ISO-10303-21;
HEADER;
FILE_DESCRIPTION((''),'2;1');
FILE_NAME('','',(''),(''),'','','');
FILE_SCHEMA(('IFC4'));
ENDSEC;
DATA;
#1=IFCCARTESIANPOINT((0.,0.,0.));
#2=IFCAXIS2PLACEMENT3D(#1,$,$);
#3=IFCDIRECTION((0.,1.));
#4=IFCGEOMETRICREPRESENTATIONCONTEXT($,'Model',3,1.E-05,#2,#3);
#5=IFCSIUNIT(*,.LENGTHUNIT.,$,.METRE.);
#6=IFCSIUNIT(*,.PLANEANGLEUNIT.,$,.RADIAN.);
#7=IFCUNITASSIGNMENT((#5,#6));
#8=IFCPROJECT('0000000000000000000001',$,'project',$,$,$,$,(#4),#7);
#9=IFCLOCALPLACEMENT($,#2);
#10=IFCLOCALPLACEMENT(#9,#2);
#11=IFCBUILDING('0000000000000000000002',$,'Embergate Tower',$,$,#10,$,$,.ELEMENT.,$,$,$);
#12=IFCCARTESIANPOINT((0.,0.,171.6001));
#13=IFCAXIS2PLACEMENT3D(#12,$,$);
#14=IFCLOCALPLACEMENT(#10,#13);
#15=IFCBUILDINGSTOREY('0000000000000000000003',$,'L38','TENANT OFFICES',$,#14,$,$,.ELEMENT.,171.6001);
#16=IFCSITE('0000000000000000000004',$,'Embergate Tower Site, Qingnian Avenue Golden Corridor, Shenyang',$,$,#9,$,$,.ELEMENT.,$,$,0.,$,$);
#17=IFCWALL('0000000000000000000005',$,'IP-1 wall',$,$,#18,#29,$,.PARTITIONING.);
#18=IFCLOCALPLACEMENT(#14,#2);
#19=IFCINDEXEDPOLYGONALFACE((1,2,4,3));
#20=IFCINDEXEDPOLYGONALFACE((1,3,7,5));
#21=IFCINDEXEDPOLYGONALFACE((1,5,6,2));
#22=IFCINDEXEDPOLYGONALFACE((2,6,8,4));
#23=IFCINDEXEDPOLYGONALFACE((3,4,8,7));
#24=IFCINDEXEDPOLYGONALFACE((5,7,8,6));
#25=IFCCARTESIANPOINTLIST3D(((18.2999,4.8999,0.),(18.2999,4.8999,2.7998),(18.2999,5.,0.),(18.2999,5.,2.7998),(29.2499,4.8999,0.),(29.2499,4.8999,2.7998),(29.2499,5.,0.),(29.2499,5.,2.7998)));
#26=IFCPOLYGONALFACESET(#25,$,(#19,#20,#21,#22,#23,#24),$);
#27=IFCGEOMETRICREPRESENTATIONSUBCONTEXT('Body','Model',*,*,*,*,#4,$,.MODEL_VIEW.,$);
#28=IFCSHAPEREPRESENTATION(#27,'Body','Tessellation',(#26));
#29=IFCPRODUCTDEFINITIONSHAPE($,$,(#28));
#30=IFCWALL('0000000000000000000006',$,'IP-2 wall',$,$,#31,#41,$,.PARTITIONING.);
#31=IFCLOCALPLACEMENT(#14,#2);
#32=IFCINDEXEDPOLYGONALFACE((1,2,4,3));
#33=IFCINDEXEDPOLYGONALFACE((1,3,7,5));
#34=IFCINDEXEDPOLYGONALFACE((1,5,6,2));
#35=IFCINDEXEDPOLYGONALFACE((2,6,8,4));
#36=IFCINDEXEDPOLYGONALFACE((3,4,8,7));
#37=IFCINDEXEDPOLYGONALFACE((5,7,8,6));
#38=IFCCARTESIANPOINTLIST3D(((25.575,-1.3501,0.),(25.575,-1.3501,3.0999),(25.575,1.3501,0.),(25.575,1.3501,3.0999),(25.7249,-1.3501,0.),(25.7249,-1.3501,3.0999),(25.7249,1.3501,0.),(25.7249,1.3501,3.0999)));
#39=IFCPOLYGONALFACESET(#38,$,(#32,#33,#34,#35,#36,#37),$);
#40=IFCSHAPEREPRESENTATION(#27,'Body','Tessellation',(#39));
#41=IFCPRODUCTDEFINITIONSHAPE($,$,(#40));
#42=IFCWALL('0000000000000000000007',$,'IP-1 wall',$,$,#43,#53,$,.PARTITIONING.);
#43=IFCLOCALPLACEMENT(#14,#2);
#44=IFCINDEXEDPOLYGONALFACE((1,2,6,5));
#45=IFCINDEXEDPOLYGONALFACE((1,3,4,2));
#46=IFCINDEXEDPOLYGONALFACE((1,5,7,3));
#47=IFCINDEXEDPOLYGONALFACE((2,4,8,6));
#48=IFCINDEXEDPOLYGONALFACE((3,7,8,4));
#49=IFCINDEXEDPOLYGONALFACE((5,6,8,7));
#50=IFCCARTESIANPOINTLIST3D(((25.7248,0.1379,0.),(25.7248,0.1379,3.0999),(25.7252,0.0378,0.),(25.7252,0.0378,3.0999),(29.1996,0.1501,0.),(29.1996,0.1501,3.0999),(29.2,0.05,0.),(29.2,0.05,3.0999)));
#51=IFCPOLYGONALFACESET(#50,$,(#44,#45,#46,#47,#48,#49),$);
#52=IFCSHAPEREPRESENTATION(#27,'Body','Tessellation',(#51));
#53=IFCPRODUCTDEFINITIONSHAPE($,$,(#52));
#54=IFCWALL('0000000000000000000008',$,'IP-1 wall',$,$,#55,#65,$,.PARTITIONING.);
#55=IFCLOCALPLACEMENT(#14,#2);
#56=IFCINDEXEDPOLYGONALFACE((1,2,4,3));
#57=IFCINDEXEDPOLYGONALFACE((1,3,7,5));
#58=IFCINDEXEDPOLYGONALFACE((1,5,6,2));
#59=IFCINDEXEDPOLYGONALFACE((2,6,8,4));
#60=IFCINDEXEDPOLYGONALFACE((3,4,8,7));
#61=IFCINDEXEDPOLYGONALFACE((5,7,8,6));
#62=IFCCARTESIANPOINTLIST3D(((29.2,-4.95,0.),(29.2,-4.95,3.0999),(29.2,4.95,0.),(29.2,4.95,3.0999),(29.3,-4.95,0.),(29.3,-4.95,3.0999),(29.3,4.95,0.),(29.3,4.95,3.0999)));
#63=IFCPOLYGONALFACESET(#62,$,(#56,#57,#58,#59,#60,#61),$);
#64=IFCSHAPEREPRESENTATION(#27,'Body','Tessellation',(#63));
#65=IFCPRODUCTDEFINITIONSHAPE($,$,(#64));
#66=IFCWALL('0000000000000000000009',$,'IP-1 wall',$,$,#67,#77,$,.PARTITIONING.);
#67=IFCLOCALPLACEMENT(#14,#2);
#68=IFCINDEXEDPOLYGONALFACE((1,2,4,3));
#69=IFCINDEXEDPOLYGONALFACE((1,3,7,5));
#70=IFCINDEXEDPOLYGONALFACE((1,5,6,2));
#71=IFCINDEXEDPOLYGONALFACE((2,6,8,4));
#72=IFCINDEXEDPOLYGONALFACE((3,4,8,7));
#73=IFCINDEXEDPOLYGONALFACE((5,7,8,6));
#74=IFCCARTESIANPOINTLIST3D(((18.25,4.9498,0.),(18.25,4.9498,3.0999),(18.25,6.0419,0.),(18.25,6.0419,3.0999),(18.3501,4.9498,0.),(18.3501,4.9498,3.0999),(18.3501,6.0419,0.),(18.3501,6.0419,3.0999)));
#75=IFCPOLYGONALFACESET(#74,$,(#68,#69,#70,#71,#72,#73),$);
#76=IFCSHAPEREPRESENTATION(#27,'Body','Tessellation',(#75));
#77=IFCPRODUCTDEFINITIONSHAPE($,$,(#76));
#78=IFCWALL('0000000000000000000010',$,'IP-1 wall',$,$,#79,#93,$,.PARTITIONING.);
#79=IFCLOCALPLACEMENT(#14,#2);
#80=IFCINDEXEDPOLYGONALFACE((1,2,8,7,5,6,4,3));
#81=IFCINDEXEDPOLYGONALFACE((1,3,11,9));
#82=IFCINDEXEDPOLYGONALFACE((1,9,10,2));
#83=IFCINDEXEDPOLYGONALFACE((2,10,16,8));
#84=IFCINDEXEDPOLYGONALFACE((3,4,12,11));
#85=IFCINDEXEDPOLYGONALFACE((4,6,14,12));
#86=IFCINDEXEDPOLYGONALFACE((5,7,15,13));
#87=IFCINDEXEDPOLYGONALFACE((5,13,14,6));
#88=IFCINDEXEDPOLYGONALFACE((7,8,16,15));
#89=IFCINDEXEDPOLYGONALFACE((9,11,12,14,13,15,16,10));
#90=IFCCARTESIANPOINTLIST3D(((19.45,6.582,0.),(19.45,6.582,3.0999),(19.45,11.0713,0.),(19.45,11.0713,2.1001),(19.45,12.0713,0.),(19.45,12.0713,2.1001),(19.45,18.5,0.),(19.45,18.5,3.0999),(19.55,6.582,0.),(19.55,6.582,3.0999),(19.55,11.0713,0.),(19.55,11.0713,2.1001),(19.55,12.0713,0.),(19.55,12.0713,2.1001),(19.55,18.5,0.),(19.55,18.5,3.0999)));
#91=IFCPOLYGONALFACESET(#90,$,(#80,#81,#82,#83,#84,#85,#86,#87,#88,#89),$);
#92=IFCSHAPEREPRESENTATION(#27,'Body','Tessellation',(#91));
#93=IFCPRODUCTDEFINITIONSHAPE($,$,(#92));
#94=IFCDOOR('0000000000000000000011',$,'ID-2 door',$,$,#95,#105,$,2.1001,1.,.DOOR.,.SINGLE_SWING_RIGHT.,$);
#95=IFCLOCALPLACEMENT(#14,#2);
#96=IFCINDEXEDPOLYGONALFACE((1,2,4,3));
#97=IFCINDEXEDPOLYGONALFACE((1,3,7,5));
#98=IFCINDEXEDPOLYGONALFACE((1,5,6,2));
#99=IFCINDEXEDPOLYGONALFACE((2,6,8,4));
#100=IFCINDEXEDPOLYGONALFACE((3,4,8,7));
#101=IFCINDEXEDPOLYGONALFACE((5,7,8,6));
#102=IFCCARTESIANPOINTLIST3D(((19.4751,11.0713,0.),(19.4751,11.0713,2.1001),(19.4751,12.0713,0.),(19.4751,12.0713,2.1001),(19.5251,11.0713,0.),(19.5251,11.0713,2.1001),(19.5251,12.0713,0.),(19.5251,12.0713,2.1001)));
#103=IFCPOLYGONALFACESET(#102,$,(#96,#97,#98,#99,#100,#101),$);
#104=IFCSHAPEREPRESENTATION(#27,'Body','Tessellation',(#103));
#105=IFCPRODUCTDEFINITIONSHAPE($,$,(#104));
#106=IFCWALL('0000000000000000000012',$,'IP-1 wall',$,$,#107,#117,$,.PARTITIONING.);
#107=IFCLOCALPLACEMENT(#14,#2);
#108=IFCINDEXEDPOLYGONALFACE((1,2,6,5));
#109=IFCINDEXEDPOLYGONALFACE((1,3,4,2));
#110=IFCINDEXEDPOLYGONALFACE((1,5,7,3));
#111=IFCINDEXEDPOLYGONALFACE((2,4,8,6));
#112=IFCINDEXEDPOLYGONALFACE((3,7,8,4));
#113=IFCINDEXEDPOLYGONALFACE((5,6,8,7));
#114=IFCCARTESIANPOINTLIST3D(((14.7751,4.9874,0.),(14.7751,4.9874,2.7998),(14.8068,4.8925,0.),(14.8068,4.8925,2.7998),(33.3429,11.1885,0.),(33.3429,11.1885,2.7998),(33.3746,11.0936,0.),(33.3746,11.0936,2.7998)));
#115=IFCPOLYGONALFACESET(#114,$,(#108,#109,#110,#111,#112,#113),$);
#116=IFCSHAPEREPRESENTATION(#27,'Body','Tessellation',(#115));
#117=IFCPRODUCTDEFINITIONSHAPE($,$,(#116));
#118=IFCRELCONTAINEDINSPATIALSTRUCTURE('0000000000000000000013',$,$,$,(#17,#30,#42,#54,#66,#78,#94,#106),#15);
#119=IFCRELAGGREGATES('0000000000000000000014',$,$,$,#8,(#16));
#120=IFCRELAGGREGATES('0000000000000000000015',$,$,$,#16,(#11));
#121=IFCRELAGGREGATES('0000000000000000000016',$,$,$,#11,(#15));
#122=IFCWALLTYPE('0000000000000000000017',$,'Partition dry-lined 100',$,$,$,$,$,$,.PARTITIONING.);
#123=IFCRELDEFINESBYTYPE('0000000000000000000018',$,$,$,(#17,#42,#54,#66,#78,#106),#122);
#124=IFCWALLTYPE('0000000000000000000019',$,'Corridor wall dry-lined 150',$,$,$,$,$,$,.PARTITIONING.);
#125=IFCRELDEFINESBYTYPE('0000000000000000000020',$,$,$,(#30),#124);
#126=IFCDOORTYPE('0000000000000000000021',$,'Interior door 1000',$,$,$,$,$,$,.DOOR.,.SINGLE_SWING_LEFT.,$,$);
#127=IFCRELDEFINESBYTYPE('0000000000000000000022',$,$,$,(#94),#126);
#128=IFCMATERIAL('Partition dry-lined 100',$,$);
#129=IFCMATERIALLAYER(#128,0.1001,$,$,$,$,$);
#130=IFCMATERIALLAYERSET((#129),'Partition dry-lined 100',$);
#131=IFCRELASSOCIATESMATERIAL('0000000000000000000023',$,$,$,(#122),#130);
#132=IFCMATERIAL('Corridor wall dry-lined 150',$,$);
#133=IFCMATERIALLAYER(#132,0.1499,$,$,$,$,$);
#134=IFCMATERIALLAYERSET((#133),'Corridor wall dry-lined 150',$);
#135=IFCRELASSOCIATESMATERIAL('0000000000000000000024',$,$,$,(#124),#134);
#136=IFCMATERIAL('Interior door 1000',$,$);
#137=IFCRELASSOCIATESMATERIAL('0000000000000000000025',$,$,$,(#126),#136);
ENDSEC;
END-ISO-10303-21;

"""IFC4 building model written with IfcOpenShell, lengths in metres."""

from ifc_helpers import new_model, si_unit, direction, frame, frame_2d, origin, place, context, subcontext, project, spatial, rectangle, extrude, source, transform, mapped, material, layer, layer_set, type_object, element, fill, save


model = new_model("IFC4")

# Units and contexts
model_context = context("Model", 3, precision=1e-05, world=origin(), true_north=direction((0.0, 1.0)))
body_context = subcontext(model_context, "Body", "Model", "MODEL_VIEW")
ifc_project = project(units=[si_unit("LENGTHUNIT", "METRE"), si_unit("PLANEANGLEUNIT", "RADIAN")], contexts=[model_context])

# Site, building, storey
site_placement = place(None, origin())
site = spatial("IfcSite", under=ifc_project, at=site_placement, Name="Embergate Tower Site, Qingnian Avenue Golden Corridor, Shenyang", CompositionType="ELEMENT", RefElevation=0.0)
building_placement = place(site_placement, origin())
building = spatial("IfcBuilding", under=site, at=building_placement, Name="Embergate Tower", CompositionType="ELEMENT")
storey_placement = place(building_placement, frame((0.0, 0.0, 171.6001)))
storey = spatial("IfcBuildingStorey", under=building, at=storey_placement, Name="L38", Description="TENANT OFFICES", CompositionType="ELEMENT", Elevation=171.6001)

# Walls
ifc_material_1 = material(Name="Partition dry-lined 100")
ifc_layer_1 = layer(ifc_material_1, 0.1001)
ifc_layer_set_1 = layer_set([ifc_layer_1], Name="Partition dry-lined 100")
wall_type_1 = type_object("IfcWallType", Name="Partition dry-lined 100", PredefinedType="PARTITIONING", material=ifc_layer_set_1)
shared_shape_1 = source(origin(), body_context, "Body", "SweptSolid", [
    extrude(rectangle(XDim=10.95, YDim=0.1001, at=frame_2d((5.4751, 0.0))), origin(), (0.0, 0.0, 1.0), 2.7998),
])
wall_1_placement = place(storey_placement, frame((29.25, 4.95, 0.0), z_axis=(0.0, 0.0, 1.0), x_axis=(-1.0, 0.0, 0.0)))
element("IfcWall", 1, at=wall_1_placement, inside=storey, type_object=wall_type_1, Name="IP-1 wall", PredefinedType="PARTITIONING", context=body_context, shape_type="MappedRepresentation", body=[
    mapped(shared_shape_1, transform((0.0, 0.0, 0.0))),
])
ifc_material_2 = material(Name="Corridor wall dry-lined 150")
ifc_layer_2 = layer(ifc_material_2, 0.1499)
ifc_layer_set_2 = layer_set([ifc_layer_2], Name="Corridor wall dry-lined 150")
wall_type_2 = type_object("IfcWallType", Name="Corridor wall dry-lined 150", PredefinedType="PARTITIONING", material=ifc_layer_set_2)
shared_shape_2 = source(origin(), body_context, "Body", "SweptSolid", [
    extrude(rectangle(XDim=2.7002, YDim=0.1499, at=frame_2d((1.3501, 0.0))), origin(), (0.0, 0.0, 1.0), 3.0999),
])
wall_2_placement = place(storey_placement, frame((25.6499, 1.3501, 0.0), z_axis=(0.0, 0.0, 1.0), x_axis=(0.0, -1.0, 0.0)))
element("IfcWall", 2, at=wall_2_placement, inside=storey, type_object=wall_type_2, Name="IP-2 wall", PredefinedType="PARTITIONING", context=body_context, shape_type="MappedRepresentation", body=[
    mapped(shared_shape_2, transform((0.0, 0.0, 0.0))),
])
shared_shape_3 = source(origin(), body_context, "Body", "SweptSolid", [
    extrude(rectangle(XDim=3.4749, YDim=0.1001, at=frame_2d((1.7373, 0.0))), origin(), (0.0, 0.0, 1.0), 3.0999),
])
wall_3_placement = place(storey_placement, frame((25.7251, 0.0879, 0.0), z_axis=(0.0, 0.0, 1.0), x_axis=(0.999994, 0.003513, 0.0)))
element("IfcWall", 3, at=wall_3_placement, inside=storey, type_object=wall_type_1, Name="IP-1 wall", PredefinedType="PARTITIONING", context=body_context, shape_type="MappedRepresentation", body=[
    mapped(shared_shape_3, transform((0.0, 0.0, 0.0))),
])
shared_shape_4 = source(origin(), body_context, "Body", "SweptSolid", [
    extrude(rectangle(XDim=9.8999, YDim=0.1001, at=frame_2d((4.95, 0.0))), origin(), (0.0, 0.0, 1.0), 3.0999),
])
wall_4_placement = place(storey_placement, frame((29.25, 4.95, 0.0), z_axis=(0.0, 0.0, 1.0), x_axis=(0.0, -1.0, 0.0)))
element("IfcWall", 4, at=wall_4_placement, inside=storey, type_object=wall_type_1, Name="IP-1 wall", PredefinedType="PARTITIONING", context=body_context, shape_type="MappedRepresentation", body=[
    mapped(shared_shape_4, transform((0.0, 0.0, 0.0))),
])
shared_shape_5 = source(origin(), body_context, "Body", "SweptSolid", [
    extrude(rectangle(XDim=1.092, YDim=0.1001, at=frame_2d((0.5459, 0.0))), origin(), (0.0, 0.0, 1.0), 3.0999),
])
wall_5_placement = place(storey_placement, frame((18.3, 4.95, 0.0), z_axis=(0.0, 0.0, 1.0), x_axis=(0.0, 1.0, 0.0)))
element("IfcWall", 5, at=wall_5_placement, inside=storey, type_object=wall_type_1, Name="IP-1 wall", PredefinedType="PARTITIONING", context=body_context, shape_type="MappedRepresentation", body=[
    mapped(shared_shape_5, transform((0.0, 0.0, 0.0))),
])

# Wall, opening, door
shared_shape_6 = source(origin(), body_context, "Body", "SweptSolid", [
    extrude(rectangle(XDim=11.918, YDim=0.1001, at=frame_2d((5.959, 0.0))), origin(), (0.0, 0.0, 1.0), 3.0999),
])
wall_6_placement = place(storey_placement, frame((19.5, 6.582, 0.0), z_axis=(0.0, 0.0, 1.0), x_axis=(0.0, 1.0, 0.0)))
wall_6 = element("IfcWall", 6, at=wall_6_placement, inside=storey, type_object=wall_type_1, Name="IP-1 wall", PredefinedType="PARTITIONING", context=body_context, shape_type="MappedRepresentation", body=[
    mapped(shared_shape_6, transform((0.0, 0.0, 0.0))),
])
shared_shape_7 = source(origin(), body_context, "Body", "SweptSolid", [
    extrude(rectangle(XDim=1.0, YDim=2.1001, at=frame_2d((0.5, 1.05))), frame((0.0, 0.0601, 0.0), z_axis=(0.0, -1.0, 0.0), x_axis=(1.0, 0.0, 0.0)), (0.0, 0.0, 1.0), 0.1201),
])
opening_placement = place(wall_6_placement, frame((4.4893, 0.0, 0.0)))
opening = element("IfcOpeningElement", 7, at=opening_placement, cuts=wall_6, PredefinedType="OPENING", context=body_context, shape_type="MappedRepresentation", body=[
    mapped(shared_shape_7, transform((0.0, 0.0, 0.0))),
])
ifc_material_3 = material(Name="Interior door 1000")
door_type = type_object("IfcDoorType", Name="Interior door 1000", OperationType="SINGLE_SWING_LEFT", PredefinedType="DOOR", material=ifc_material_3)
shared_shape_8 = source(origin(), body_context, "Body", "SweptSolid", [
    extrude(rectangle(XDim=1.0, YDim=2.1001, at=frame_2d((0.5, 1.05))), frame((0.0, 0.0249, 0.0), z_axis=(0.0, -1.0, 0.0), x_axis=(1.0, 0.0, 0.0)), (0.0, 0.0, 1.0), 0.05),
])
door_placement = place(opening_placement, origin())
door = element("IfcDoor", 8, at=door_placement, inside=storey, type_object=door_type, Name="ID-2 door", OperationType="SINGLE_SWING_RIGHT", OverallHeight=2.1001, OverallWidth=1.0, PredefinedType="DOOR", context=body_context, shape_type="MappedRepresentation", body=[
    mapped(shared_shape_8, transform((0.0, 0.0, 0.0))),
])
fill(opening, door)

# Wall
shared_shape_9 = source(origin(), body_context, "Body", "SweptSolid", [
    extrude(rectangle(XDim=19.5759, YDim=0.1001, at=frame_2d((9.7881, 0.0))), origin(), (0.0, 0.0, 1.0), 2.7998),
])
wall_7_placement = place(storey_placement, frame((33.3589, 11.1411, 0.0), z_axis=(0.0, 0.0, 1.0), x_axis=(-0.948501, -0.316774, 0.0)))
element("IfcWall", 9, at=wall_7_placement, inside=storey, type_object=wall_type_1, Name="IP-1 wall", PredefinedType="PARTITIONING", context=body_context, shape_type="MappedRepresentation", body=[
    mapped(shared_shape_9, transform((0.0, 0.0, 0.0))),
])

save(model, "model.ifc")
